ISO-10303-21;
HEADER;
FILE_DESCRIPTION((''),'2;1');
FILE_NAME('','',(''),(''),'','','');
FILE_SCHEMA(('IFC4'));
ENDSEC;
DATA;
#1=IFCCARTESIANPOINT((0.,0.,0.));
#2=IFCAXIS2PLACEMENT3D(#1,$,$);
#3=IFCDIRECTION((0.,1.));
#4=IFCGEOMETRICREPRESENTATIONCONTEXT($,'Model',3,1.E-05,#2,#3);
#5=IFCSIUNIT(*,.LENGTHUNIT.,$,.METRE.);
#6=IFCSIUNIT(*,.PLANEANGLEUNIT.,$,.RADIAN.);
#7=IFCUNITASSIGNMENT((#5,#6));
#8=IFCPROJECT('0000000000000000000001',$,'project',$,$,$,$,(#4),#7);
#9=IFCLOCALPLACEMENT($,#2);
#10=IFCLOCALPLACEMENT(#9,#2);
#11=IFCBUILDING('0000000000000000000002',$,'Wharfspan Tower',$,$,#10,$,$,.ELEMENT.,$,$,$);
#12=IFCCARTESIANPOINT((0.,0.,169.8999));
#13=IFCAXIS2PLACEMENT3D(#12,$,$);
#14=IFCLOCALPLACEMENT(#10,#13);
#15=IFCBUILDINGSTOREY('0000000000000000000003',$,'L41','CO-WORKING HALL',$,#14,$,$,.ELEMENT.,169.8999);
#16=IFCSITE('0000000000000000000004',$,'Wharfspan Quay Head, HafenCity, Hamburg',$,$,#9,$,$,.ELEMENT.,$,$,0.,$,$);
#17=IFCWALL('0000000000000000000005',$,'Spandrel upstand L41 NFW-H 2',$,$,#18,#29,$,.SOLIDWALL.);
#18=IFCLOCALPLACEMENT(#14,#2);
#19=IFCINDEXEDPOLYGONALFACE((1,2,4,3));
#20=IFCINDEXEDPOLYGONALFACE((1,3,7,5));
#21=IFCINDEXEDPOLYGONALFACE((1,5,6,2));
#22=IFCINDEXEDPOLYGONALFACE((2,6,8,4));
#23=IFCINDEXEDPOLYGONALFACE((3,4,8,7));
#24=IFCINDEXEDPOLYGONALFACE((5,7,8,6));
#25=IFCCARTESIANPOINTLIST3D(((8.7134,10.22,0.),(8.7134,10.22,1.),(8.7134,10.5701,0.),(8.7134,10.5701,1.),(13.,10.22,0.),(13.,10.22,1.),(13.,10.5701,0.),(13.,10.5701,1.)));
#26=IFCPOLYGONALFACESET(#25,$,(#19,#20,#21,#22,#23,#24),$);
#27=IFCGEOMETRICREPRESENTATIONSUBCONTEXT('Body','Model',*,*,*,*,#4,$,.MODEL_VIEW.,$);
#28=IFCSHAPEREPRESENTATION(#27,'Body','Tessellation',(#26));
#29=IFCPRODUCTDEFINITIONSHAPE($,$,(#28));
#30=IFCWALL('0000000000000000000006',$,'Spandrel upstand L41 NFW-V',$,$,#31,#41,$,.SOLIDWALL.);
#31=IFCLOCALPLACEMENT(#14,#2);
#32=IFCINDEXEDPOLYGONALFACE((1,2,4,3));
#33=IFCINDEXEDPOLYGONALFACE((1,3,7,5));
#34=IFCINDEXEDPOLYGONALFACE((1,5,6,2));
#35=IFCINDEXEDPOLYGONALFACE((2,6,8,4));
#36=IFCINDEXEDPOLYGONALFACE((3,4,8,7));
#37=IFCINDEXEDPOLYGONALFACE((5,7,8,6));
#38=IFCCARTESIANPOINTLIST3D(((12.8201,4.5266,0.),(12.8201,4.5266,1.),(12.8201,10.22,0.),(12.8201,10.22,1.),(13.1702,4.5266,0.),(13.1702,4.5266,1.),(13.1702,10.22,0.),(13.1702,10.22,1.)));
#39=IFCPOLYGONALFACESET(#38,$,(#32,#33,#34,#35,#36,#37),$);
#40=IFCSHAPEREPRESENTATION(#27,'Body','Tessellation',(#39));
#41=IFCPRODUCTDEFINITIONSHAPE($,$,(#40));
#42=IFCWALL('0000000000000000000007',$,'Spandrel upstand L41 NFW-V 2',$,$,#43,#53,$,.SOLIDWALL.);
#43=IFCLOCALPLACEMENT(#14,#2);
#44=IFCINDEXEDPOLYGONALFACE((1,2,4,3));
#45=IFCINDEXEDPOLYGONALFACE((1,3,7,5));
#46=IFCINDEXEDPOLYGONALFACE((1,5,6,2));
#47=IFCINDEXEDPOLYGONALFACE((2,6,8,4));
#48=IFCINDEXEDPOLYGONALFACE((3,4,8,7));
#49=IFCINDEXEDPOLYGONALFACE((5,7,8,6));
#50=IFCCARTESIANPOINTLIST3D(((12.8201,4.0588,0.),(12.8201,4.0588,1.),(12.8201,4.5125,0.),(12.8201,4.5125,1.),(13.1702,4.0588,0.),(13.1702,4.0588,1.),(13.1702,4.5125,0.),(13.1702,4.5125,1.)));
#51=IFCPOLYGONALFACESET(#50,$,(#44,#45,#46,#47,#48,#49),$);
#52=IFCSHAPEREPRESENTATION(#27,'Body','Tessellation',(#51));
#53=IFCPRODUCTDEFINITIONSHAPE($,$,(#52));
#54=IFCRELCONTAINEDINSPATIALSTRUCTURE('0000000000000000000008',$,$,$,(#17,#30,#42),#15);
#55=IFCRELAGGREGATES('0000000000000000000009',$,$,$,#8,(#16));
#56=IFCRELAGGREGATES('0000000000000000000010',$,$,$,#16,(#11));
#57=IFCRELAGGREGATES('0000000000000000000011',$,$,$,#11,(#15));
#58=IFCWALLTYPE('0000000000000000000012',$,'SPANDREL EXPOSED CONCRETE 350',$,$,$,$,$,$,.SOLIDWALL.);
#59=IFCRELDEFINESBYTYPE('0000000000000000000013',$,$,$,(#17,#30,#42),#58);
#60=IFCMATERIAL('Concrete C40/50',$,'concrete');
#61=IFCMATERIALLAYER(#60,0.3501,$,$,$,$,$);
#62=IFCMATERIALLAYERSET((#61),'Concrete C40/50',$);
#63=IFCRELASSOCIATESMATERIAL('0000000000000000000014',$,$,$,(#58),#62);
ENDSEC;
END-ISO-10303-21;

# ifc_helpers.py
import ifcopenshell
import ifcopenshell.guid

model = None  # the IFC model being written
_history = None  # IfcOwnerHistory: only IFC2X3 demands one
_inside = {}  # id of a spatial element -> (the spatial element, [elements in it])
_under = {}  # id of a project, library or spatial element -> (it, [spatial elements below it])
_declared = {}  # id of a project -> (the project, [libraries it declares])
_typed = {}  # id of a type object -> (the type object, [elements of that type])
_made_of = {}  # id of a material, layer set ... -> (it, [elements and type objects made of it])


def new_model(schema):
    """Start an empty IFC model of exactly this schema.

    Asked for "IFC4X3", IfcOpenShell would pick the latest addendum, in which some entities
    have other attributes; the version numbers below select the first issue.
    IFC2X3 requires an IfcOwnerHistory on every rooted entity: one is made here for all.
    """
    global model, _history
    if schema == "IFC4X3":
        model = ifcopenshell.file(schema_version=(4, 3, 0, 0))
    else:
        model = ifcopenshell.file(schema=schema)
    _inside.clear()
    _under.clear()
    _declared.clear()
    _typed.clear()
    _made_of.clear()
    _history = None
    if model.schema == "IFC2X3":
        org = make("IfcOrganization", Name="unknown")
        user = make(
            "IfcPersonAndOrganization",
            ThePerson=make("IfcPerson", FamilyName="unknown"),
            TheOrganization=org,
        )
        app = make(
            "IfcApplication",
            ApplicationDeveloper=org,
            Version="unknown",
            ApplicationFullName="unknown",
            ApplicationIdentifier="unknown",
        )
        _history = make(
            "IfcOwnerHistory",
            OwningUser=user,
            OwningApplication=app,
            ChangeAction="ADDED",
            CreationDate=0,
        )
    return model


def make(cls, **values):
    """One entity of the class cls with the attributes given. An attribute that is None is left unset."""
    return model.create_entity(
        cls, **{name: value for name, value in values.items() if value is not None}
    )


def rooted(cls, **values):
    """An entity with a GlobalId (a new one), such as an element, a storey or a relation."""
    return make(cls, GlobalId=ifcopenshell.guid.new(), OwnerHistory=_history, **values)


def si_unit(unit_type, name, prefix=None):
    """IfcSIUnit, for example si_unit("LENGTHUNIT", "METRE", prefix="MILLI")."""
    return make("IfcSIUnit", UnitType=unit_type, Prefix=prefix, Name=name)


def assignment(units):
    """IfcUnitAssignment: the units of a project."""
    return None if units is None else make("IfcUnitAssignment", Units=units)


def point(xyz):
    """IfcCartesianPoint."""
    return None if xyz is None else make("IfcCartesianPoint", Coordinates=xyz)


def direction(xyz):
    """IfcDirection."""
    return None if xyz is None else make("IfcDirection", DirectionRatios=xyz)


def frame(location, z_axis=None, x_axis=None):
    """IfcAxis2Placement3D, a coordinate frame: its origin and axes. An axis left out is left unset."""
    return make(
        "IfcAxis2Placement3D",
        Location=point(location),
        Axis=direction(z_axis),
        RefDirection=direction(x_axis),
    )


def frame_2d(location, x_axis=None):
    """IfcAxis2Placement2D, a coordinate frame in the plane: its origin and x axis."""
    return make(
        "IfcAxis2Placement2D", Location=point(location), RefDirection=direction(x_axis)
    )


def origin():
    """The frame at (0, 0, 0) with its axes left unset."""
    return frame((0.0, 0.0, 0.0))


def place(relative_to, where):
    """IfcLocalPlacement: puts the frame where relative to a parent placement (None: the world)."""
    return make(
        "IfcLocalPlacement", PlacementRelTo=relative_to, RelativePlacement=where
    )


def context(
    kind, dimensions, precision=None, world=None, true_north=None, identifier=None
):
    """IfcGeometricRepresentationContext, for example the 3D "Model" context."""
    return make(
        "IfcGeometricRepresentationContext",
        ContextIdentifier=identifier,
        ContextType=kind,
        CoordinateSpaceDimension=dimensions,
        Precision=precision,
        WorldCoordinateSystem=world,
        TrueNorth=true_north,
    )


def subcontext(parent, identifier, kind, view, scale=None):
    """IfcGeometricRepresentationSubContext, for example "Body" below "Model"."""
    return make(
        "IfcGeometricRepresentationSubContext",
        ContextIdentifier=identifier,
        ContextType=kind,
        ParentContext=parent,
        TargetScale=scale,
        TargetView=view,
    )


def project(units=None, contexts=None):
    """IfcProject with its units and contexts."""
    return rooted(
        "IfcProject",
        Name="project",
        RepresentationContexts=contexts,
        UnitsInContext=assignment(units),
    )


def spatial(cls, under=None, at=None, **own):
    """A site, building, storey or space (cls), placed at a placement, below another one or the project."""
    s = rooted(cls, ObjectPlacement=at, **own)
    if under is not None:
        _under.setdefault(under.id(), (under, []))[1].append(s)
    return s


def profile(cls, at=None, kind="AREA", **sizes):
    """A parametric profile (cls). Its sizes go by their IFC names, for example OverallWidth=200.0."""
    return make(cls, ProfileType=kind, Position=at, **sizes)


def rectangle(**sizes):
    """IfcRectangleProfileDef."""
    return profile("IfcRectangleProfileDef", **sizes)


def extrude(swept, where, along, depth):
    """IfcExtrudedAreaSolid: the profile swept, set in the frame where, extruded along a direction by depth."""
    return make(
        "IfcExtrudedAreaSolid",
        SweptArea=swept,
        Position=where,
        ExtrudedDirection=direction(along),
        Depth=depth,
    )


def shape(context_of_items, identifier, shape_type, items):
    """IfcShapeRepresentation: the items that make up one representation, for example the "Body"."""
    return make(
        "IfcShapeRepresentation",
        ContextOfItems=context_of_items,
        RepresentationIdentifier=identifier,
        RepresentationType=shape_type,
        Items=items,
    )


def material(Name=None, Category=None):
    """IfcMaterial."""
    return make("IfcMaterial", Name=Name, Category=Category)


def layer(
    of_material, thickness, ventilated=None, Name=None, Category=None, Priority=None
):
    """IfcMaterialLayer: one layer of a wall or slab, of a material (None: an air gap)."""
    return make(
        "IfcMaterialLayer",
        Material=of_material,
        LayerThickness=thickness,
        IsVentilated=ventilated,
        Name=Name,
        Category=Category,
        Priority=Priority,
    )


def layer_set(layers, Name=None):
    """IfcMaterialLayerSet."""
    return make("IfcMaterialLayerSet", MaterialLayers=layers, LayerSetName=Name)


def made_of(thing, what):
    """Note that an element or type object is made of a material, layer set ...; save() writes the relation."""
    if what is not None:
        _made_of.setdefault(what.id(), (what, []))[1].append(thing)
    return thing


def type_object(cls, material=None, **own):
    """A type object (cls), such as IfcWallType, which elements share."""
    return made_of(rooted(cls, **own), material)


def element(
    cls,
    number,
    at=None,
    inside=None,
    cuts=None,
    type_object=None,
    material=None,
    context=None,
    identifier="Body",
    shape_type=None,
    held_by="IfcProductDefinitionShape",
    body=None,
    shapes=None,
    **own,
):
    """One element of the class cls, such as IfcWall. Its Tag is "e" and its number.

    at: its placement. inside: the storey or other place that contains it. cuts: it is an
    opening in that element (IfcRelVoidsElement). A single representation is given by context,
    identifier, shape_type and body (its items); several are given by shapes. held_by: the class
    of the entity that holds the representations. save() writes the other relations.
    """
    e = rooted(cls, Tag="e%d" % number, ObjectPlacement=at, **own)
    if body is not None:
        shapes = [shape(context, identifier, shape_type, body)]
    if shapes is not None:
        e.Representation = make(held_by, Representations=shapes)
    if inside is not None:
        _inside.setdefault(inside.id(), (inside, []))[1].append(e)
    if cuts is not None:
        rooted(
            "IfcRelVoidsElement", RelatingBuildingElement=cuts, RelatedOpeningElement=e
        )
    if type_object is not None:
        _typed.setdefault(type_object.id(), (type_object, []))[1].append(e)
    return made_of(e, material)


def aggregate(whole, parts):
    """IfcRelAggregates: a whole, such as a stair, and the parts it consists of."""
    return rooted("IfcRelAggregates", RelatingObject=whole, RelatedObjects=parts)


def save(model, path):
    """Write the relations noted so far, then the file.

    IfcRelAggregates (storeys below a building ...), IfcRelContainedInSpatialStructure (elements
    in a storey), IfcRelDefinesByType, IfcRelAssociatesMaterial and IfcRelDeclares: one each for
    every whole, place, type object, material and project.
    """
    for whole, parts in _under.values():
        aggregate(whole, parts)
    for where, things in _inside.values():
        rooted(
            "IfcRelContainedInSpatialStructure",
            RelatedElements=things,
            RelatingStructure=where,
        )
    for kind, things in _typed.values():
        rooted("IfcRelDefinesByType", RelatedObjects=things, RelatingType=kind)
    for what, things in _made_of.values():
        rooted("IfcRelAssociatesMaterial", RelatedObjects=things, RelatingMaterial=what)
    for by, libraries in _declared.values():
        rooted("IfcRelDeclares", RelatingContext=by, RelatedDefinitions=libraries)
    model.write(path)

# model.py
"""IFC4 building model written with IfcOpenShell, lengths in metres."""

from ifc_helpers import new_model, si_unit, direction, frame, frame_2d, origin, place, context, subcontext, project, spatial, rectangle, extrude, material, layer, layer_set, type_object, element, save


model = new_model("IFC4")

# Units and contexts
model_context = context("Model", 3, precision=1e-05, world=origin(), true_north=direction((0.0, 1.0)))
body_context = subcontext(model_context, "Body", "Model", "MODEL_VIEW")
ifc_project = project(units=[si_unit("LENGTHUNIT", "METRE"), si_unit("PLANEANGLEUNIT", "RADIAN")], contexts=[model_context])

# Site, building, storey
site_placement = place(None, origin())
site = spatial("IfcSite", under=ifc_project, at=site_placement, Name="Wharfspan Quay Head, HafenCity, Hamburg", CompositionType="ELEMENT", RefElevation=0.0)
building_placement = place(site_placement, origin())
building = spatial("IfcBuilding", under=site, at=building_placement, Name="Wharfspan Tower", CompositionType="ELEMENT")
storey_placement = place(building_placement, frame((0.0, 0.0, 169.8999)))
storey = spatial("IfcBuildingStorey", under=building, at=storey_placement, Name="L41", Description="CO-WORKING HALL", CompositionType="ELEMENT", Elevation=169.8999)

# Walls
ifc_material_1 = material(Name="Concrete C40/50", Category="concrete")
ifc_layer_1 = layer(ifc_material_1, 0.3501)
ifc_layer_set_1 = layer_set([ifc_layer_1], Name="Concrete C40/50")
wall_type_1 = type_object("IfcWallType", Name="SPANDREL EXPOSED CONCRETE 350", PredefinedType="SOLIDWALL", material=ifc_layer_set_1)
wall_1_placement = place(storey_placement, frame((8.7134, 10.395, 0.0), z_axis=(0.0, 0.0, 1.0), x_axis=(1.0, 0.0, 0.0)))
element("IfcWall", 1, at=wall_1_placement, inside=storey, type_object=wall_type_1, Name="Spandrel upstand L41 NFW-H 2", PredefinedType="SOLIDWALL", context=body_context, shape_type="SweptSolid", body=[
    extrude(rectangle(XDim=4.2866, YDim=0.3501, at=frame_2d((2.1433, 0.0))), origin(), (0.0, 0.0, 1.0), 1.0),
])
wall_2_placement = place(storey_placement, frame((12.9951, 10.22, 0.0), z_axis=(0.0, 0.0, 1.0), x_axis=(0.0, -1.0, 0.0)))
element("IfcWall", 2, at=wall_2_placement, inside=storey, type_object=wall_type_1, Name="Spandrel upstand L41 NFW-V", PredefinedType="SOLIDWALL", context=body_context, shape_type="SweptSolid", body=[
    extrude(rectangle(XDim=5.6934, YDim=0.3501, at=frame_2d((2.8467, 0.0))), origin(), (0.0, 0.0, 1.0), 1.0),
])
wall_3_placement = place(storey_placement, frame((12.9951, 4.5125, 0.0), z_axis=(0.0, 0.0, 1.0), x_axis=(0.0, -1.0, 0.0)))
element("IfcWall", 3, at=wall_3_placement, inside=storey, type_object=wall_type_1, Name="Spandrel upstand L41 NFW-V 2", PredefinedType="SOLIDWALL", context=body_context, shape_type="SweptSolid", body=[
    extrude(rectangle(XDim=0.4536, YDim=0.3501, at=frame_2d((0.2268, 0.0))), origin(), (0.0, 0.0, 1.0), 1.0),
])

save(model, "model.ifc")
